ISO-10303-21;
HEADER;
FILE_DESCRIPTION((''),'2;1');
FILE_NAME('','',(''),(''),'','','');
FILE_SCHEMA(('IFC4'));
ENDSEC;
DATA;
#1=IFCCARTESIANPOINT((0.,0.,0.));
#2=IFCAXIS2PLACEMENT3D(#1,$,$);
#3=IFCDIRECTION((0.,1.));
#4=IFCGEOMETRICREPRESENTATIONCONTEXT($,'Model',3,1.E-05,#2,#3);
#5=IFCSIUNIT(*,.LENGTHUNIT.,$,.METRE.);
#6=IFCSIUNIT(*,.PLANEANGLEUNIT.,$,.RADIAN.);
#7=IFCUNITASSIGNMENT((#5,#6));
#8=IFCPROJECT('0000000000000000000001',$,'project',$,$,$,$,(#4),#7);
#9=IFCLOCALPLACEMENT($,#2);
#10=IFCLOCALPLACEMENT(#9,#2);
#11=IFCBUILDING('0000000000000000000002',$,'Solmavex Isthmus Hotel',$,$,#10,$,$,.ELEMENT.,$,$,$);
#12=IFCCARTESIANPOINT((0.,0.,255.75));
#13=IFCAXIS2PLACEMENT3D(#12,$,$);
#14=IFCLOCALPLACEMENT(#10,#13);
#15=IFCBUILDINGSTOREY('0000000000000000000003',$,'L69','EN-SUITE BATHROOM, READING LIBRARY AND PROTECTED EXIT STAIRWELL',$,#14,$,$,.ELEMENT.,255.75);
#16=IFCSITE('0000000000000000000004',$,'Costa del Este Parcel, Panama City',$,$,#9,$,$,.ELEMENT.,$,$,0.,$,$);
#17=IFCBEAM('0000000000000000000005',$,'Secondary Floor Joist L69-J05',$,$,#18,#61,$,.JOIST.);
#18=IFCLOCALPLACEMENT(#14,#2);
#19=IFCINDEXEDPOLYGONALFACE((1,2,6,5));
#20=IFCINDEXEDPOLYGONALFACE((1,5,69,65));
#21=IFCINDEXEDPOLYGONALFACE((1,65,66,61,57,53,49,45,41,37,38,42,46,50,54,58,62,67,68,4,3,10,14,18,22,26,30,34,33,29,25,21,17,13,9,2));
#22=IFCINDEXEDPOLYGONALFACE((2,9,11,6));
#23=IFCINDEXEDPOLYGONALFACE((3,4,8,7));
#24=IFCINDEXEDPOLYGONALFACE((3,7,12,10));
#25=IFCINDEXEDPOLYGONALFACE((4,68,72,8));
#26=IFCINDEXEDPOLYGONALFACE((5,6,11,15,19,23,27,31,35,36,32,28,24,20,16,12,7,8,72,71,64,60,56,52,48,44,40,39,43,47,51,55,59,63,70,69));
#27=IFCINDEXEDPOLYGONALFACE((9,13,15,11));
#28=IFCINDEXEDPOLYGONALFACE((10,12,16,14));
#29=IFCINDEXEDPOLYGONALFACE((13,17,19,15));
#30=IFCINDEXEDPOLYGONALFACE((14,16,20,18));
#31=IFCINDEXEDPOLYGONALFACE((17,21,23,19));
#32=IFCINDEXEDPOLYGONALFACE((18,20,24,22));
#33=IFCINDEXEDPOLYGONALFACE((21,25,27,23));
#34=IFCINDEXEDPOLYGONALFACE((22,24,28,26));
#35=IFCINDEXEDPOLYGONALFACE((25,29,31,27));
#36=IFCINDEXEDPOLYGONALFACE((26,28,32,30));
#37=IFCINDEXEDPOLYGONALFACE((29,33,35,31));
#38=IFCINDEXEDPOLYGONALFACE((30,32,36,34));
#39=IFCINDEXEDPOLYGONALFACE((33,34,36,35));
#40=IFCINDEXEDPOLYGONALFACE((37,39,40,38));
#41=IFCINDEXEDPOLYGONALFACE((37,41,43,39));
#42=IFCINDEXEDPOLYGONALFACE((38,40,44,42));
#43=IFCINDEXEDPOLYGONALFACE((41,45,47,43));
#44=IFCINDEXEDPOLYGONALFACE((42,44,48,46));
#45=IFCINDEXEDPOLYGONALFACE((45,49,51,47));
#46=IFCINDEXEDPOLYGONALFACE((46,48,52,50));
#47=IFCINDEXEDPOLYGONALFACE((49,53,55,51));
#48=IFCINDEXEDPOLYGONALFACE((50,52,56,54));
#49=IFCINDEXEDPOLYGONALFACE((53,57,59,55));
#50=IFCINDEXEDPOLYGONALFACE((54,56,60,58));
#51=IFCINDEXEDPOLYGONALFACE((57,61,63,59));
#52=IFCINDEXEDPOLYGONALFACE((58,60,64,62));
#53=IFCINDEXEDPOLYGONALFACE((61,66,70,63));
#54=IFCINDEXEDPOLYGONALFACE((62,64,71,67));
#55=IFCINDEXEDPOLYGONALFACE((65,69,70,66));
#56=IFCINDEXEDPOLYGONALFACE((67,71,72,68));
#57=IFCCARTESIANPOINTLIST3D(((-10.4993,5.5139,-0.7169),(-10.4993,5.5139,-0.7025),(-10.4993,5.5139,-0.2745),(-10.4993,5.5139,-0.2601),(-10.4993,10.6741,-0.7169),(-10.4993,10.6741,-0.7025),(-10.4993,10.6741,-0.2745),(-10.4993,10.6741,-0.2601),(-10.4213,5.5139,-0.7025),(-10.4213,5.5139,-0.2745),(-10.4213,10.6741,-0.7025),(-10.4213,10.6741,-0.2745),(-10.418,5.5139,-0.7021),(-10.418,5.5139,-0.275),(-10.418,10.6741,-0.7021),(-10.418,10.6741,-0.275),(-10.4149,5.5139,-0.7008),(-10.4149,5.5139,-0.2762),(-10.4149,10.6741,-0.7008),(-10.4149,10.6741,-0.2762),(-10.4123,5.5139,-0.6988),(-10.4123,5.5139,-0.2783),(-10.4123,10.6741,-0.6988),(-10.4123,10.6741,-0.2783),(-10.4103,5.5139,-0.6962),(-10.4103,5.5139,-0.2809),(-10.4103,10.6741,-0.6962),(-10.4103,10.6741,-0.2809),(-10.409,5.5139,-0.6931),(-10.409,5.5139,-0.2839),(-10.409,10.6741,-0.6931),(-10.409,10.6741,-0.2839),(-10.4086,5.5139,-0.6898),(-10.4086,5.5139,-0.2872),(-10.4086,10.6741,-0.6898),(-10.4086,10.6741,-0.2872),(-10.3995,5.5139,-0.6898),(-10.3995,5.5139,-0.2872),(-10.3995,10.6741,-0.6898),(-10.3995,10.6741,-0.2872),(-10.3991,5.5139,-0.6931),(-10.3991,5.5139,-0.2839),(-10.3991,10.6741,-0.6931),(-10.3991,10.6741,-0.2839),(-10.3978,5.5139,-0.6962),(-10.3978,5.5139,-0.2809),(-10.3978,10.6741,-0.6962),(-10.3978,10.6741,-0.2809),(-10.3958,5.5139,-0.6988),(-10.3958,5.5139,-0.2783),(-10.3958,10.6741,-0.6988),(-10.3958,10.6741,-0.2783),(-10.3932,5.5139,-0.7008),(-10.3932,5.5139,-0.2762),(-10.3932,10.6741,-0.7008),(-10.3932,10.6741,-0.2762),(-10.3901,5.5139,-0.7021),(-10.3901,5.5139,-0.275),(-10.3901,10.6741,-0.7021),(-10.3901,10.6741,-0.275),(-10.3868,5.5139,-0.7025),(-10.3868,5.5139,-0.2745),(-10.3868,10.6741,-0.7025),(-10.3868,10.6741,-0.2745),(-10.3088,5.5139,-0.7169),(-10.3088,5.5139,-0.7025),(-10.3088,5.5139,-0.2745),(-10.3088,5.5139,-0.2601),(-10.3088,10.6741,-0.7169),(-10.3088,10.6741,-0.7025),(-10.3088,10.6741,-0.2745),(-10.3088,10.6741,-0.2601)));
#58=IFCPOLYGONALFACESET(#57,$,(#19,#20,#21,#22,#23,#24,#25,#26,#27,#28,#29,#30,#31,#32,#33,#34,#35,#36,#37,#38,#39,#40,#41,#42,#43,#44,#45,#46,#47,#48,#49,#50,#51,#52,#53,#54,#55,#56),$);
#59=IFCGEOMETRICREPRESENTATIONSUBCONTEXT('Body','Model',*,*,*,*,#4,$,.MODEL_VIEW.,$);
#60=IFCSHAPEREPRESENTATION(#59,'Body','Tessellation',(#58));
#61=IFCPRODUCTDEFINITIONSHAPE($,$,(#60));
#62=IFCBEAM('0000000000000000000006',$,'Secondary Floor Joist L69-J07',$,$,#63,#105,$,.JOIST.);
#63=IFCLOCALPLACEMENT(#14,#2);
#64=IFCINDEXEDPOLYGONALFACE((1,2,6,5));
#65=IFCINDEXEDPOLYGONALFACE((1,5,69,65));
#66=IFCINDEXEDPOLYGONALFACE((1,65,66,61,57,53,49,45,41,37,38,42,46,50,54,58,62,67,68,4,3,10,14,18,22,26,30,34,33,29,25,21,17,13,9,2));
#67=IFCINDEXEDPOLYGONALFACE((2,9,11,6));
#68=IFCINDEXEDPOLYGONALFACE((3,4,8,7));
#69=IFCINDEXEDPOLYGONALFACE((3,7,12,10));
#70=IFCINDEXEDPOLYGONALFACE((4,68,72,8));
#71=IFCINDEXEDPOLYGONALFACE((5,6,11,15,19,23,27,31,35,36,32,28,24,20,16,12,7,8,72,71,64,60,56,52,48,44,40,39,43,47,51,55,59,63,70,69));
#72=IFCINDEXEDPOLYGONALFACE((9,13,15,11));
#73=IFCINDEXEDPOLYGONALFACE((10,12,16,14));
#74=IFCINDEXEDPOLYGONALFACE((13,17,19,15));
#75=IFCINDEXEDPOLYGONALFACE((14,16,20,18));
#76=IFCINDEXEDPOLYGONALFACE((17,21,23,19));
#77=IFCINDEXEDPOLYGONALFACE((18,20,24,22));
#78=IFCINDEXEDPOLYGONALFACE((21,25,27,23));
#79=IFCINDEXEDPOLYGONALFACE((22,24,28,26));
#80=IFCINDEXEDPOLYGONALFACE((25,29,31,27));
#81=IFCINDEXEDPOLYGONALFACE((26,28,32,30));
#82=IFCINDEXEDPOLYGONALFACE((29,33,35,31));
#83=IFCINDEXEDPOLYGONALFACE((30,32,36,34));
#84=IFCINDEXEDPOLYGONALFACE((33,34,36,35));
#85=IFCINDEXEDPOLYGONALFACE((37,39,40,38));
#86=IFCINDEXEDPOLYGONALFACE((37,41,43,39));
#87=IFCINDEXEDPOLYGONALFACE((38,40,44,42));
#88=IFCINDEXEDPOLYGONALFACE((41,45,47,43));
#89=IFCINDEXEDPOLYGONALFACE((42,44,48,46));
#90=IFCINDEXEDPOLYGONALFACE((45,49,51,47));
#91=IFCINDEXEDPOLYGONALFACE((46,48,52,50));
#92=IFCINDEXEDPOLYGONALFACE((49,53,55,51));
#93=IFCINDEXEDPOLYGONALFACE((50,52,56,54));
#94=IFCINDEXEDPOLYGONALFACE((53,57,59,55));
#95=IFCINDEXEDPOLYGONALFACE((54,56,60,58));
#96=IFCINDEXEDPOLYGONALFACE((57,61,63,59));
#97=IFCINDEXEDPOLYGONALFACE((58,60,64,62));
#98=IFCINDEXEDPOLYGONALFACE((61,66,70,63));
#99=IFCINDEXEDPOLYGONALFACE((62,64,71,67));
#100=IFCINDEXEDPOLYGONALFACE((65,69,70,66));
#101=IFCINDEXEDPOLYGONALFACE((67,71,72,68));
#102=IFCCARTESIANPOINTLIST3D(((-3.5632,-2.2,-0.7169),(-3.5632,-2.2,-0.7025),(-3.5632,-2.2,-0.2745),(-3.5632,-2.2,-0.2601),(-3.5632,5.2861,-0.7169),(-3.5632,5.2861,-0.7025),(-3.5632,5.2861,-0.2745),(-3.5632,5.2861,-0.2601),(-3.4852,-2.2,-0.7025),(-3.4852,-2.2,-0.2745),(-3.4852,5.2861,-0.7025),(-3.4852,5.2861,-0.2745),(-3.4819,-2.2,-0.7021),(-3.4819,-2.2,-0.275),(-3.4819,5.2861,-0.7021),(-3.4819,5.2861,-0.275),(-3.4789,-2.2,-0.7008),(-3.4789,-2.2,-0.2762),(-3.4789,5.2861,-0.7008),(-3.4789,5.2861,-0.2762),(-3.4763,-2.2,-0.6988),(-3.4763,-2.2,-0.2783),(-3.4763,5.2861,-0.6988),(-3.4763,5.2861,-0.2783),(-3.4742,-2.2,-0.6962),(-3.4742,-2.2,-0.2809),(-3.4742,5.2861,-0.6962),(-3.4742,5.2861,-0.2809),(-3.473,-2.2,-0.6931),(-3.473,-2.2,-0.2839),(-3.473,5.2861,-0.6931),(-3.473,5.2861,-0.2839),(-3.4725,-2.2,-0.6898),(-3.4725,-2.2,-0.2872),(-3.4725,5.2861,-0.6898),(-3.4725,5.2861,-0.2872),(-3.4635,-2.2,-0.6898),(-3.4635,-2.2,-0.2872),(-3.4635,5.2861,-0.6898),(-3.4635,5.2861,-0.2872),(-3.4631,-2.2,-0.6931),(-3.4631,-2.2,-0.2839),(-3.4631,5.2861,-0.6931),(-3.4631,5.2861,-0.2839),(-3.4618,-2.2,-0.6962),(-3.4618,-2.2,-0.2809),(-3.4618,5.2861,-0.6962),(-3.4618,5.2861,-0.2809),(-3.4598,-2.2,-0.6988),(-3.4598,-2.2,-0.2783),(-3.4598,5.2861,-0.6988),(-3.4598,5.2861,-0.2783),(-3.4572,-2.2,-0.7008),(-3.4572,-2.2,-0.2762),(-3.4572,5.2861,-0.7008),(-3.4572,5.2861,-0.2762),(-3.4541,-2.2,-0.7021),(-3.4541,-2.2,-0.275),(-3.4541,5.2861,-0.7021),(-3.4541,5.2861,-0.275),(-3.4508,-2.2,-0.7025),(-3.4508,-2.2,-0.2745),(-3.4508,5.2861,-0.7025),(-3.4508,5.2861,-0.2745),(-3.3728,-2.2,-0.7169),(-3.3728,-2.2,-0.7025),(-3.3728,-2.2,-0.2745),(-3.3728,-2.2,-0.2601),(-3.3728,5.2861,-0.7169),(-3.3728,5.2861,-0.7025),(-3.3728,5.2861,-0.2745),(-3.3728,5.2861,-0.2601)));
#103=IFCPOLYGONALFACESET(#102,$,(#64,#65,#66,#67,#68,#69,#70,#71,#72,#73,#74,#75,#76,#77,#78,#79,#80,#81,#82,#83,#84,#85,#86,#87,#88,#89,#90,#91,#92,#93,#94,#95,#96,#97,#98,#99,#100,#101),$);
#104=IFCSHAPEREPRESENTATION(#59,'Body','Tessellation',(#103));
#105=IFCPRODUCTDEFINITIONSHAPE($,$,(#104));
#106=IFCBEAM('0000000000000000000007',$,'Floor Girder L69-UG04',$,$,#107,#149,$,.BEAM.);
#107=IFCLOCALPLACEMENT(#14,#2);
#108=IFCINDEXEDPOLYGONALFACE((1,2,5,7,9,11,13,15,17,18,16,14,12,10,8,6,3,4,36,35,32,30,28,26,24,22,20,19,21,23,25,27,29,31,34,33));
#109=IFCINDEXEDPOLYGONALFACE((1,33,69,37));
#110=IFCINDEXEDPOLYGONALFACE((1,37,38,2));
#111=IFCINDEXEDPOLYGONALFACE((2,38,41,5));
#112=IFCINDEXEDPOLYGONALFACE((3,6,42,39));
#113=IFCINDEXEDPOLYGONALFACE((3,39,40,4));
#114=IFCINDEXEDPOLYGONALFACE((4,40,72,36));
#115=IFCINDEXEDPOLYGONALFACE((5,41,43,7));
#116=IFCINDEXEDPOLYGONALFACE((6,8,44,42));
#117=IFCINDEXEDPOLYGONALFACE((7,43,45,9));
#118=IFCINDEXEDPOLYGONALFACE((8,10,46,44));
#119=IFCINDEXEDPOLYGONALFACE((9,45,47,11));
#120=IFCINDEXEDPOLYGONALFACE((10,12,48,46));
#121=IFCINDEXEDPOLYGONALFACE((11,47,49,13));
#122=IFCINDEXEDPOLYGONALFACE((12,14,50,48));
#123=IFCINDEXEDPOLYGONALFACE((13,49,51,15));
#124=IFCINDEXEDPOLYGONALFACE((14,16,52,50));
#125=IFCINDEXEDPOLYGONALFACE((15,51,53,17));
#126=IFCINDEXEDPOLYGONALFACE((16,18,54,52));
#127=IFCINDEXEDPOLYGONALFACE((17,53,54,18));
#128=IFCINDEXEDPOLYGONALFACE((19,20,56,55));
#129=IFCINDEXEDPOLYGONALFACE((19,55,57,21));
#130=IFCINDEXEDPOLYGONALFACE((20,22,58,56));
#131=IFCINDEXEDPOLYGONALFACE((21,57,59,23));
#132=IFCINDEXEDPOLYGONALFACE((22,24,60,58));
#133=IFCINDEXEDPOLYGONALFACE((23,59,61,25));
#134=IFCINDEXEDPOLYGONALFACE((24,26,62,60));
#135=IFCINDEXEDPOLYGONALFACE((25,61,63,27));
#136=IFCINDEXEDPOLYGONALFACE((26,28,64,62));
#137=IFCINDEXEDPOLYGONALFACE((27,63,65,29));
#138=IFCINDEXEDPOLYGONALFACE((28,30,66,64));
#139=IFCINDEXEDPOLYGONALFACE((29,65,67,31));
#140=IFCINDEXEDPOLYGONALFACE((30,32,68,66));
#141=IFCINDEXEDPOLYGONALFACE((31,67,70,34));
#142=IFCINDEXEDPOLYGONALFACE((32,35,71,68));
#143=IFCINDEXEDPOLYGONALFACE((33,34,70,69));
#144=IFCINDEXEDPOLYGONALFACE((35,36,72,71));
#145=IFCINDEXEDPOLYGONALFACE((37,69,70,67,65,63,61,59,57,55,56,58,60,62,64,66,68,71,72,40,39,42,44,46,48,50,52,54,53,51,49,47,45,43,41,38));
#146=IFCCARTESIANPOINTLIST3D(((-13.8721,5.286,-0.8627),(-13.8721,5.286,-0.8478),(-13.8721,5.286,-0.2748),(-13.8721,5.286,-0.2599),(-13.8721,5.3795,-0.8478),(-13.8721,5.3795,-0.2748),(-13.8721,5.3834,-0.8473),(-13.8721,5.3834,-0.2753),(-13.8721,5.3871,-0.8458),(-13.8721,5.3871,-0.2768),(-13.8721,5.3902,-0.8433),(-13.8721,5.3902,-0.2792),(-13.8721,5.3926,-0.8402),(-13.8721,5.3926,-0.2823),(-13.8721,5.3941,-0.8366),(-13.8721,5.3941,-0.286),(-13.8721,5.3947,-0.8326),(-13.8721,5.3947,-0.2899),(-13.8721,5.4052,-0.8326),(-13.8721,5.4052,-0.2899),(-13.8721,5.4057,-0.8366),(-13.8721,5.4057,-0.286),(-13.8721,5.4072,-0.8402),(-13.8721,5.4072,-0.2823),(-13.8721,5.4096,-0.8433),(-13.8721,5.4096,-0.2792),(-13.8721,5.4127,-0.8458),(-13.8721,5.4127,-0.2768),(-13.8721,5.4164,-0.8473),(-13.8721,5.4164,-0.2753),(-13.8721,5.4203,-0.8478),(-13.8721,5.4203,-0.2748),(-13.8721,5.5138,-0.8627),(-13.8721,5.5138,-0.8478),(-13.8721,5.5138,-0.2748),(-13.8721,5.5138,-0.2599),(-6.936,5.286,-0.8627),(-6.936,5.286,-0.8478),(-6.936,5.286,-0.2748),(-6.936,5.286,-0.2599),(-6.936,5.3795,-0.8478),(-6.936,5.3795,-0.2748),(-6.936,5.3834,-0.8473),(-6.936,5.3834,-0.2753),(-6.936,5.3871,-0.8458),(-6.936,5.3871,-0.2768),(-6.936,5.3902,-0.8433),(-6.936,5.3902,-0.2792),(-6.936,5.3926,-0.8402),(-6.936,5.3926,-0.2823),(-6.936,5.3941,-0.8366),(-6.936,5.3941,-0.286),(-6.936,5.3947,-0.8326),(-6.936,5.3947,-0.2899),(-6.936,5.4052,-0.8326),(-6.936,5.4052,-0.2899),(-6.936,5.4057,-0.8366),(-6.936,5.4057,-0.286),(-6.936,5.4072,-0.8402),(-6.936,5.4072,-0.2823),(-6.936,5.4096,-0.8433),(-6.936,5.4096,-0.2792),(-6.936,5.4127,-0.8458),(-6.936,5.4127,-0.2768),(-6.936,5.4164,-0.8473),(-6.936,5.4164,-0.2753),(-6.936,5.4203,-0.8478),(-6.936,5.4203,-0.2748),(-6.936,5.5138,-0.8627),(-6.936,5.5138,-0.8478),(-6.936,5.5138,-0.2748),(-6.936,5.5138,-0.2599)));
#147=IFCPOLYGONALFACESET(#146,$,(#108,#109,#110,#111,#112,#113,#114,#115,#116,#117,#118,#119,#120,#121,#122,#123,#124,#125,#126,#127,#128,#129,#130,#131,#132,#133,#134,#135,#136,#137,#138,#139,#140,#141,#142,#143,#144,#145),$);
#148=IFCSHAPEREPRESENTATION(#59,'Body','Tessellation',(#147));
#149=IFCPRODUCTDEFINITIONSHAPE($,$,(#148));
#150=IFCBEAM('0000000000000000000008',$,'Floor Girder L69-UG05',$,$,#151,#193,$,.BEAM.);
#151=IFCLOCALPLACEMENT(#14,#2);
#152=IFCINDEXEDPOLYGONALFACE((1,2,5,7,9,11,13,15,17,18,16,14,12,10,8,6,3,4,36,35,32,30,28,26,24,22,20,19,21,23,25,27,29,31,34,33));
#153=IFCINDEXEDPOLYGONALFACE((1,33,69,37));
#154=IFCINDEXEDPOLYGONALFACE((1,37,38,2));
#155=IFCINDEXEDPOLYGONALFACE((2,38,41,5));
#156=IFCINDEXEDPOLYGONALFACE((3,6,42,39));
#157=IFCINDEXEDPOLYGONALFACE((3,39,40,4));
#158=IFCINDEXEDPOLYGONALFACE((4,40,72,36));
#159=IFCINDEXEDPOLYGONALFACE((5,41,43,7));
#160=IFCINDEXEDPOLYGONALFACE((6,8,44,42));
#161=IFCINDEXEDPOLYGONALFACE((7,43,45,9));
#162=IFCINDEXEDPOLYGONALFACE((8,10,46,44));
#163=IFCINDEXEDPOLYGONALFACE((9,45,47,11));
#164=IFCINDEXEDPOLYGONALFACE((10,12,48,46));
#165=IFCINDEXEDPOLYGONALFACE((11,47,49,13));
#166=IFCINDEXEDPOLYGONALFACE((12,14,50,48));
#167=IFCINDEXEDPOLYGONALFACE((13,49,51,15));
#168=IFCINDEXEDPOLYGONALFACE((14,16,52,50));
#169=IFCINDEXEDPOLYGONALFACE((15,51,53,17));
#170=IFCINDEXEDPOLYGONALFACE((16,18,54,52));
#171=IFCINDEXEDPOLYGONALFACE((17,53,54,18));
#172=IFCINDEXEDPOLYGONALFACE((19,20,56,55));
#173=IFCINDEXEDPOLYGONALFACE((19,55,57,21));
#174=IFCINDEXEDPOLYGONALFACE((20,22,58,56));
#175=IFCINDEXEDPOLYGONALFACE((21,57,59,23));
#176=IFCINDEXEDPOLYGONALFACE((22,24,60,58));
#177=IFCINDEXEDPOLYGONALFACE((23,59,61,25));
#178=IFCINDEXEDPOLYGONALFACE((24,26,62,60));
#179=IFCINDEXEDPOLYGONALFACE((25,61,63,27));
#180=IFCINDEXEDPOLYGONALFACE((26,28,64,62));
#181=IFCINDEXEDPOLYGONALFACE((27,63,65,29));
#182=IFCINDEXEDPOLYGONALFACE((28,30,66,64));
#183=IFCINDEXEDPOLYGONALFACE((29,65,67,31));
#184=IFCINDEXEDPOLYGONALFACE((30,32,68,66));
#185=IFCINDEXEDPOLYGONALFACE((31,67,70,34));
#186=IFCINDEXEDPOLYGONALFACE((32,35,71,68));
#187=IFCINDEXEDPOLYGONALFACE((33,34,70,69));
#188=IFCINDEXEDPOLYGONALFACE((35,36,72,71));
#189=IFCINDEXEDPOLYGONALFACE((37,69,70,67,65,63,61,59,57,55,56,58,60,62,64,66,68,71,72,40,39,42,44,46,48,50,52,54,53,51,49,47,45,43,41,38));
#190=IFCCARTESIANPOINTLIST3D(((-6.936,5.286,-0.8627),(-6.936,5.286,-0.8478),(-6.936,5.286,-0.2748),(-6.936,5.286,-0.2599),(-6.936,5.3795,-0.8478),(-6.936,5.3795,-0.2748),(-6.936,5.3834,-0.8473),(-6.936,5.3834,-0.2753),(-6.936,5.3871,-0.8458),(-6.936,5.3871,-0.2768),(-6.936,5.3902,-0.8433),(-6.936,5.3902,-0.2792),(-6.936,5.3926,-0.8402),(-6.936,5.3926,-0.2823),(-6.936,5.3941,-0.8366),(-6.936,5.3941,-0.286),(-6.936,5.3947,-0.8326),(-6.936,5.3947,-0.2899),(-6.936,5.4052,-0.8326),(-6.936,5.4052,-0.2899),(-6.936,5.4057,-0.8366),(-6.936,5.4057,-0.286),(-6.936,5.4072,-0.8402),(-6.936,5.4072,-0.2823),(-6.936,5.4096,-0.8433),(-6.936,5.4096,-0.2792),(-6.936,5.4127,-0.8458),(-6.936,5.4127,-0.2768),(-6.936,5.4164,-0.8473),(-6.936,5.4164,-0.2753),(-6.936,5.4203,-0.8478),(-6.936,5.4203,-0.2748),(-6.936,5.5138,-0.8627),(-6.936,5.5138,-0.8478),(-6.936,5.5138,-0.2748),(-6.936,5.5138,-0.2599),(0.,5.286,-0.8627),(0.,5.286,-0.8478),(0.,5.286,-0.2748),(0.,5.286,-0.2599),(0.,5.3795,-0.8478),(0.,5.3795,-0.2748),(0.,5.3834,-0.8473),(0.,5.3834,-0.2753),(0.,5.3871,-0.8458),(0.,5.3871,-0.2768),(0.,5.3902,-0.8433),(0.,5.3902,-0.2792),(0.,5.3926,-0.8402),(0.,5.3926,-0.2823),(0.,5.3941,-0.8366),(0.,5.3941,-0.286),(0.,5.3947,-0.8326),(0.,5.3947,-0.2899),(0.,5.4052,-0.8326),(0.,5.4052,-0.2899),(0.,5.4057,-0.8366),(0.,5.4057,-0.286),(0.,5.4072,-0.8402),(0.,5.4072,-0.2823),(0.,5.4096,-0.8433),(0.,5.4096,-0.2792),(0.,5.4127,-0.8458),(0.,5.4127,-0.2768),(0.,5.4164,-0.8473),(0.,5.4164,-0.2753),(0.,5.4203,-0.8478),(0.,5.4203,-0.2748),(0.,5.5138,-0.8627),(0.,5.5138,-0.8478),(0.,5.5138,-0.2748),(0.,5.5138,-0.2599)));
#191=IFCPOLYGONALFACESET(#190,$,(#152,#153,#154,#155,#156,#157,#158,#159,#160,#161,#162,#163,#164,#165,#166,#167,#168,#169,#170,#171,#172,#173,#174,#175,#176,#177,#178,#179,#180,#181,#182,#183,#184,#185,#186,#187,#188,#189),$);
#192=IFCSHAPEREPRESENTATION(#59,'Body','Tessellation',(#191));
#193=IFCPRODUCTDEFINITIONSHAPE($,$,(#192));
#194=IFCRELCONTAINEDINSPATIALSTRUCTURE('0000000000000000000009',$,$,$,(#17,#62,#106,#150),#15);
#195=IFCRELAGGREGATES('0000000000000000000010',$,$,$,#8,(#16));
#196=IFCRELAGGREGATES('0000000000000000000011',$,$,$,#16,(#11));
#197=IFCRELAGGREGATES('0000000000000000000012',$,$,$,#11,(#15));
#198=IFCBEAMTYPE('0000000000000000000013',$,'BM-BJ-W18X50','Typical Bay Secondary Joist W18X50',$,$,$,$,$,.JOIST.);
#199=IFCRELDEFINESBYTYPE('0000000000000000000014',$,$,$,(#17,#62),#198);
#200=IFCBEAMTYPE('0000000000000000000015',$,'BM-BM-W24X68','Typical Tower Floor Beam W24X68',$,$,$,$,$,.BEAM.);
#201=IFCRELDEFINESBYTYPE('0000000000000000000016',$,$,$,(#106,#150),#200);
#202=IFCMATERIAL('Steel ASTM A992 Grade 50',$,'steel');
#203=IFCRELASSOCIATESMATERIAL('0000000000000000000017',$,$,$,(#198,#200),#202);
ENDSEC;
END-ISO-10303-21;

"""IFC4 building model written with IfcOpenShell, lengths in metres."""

from ifc_helpers import new_model, si_unit, direction, frame, origin, origin_2d, place, context, subcontext, project, spatial, i_section, extrude, material, material_profile, profile_set, type_object, element, save


model = new_model("IFC4")

# Units and contexts
model_context = context("Model", 3, precision=1e-05, world=origin(), true_north=direction((0.0, 1.0)))
body_context = subcontext(model_context, "Body", "Model", "MODEL_VIEW")
ifc_project = project(units=[si_unit("LENGTHUNIT", "METRE"), si_unit("PLANEANGLEUNIT", "RADIAN")], contexts=[model_context])

# Site, building, storey
site_placement = place(None, origin())
site = spatial("IfcSite", under=ifc_project, at=site_placement, Name="Costa del Este Parcel, Panama City", CompositionType="ELEMENT", RefElevation=0.0)
building_placement = place(site_placement, origin())
building = spatial("IfcBuilding", under=site, at=building_placement, Name="Solmavex Isthmus Hotel", CompositionType="ELEMENT")
storey_placement = place(building_placement, frame((0.0, 0.0, 255.75)))
storey = spatial("IfcBuildingStorey", under=building, at=storey_placement, Name="L69", Description="EN-SUITE BATHROOM, READING LIBRARY AND PROTECTED EXIT STAIRWELL", CompositionType="ELEMENT", Elevation=255.75)

# Beams
ifc_material_1 = material(Name="Steel ASTM A992 Grade 50", Category="steel")
ifc_material_profile_1 = material_profile(ifc_material_1, i_section(OverallWidth=0.1904, OverallDepth=0.4568, WebThickness=0.009, FlangeThickness=0.0144, FilletRadius=0.0127, at=origin_2d()), Name="W18X50")
ifc_profile_set_1 = profile_set([ifc_material_profile_1], Name="Steel ASTM A992 Grade 50")
beam_type_1 = type_object("IfcBeamType", Name="BM-BJ-W18X50", Description="Typical Bay Secondary Joist W18X50", PredefinedType="JOIST", material=ifc_profile_set_1)
beam_1_placement = place(storey_placement, frame((-10.4041, 5.5139, -0.4885), z_axis=(0.0, 1.0, 0.0), x_axis=(-1.0, 0.0, 0.0)))
element("IfcBeam", 1, at=beam_1_placement, inside=storey, type_object=beam_type_1, Name="Secondary Floor Joist L69-J05", PredefinedType="JOIST", context=body_context, shape_type="SweptSolid", body=[
    extrude(i_section(OverallWidth=0.1904, OverallDepth=0.4568, WebThickness=0.009, FlangeThickness=0.0144, FilletRadius=0.0127, at=origin_2d()), origin(), (0.0, 0.0, 1.0), 5.1602),
])
beam_2_placement = place(storey_placement, frame((-3.468, -2.2, -0.4885), z_axis=(0.0, 1.0, 0.0), x_axis=(-1.0, 0.0, 0.0)))
element("IfcBeam", 2, at=beam_2_placement, inside=storey, type_object=beam_type_1, Name="Secondary Floor Joist L69-J07", PredefinedType="JOIST", context=body_context, shape_type="SweptSolid", body=[
    extrude(i_section(OverallWidth=0.1904, OverallDepth=0.4568, WebThickness=0.009, FlangeThickness=0.0144, FilletRadius=0.0127, at=origin_2d()), origin(), (0.0, 0.0, 1.0), 7.4861),
])
ifc_material_profile_2 = material_profile(ifc_material_1, i_section(OverallWidth=0.2278, OverallDepth=0.6028, WebThickness=0.0105, FlangeThickness=0.0149, FilletRadius=0.0151, at=origin_2d()), Name="W24X68")
ifc_profile_set_2 = profile_set([ifc_material_profile_2], Name="Steel ASTM A992 Grade 50")
beam_type_2 = type_object("IfcBeamType", Name="BM-BM-W24X68", Description="Typical Tower Floor Beam W24X68", PredefinedType="BEAM", material=ifc_profile_set_2)
for number, where, z_axis, x_axis, name in (
    (3, (-13.8721, 5.3999, -0.5613), (1.0, 0.0, 0.0), (0.0, 1.0, 0.0), "Floor Girder L69-UG04"),
    (4, (-6.936, 5.3999, -0.5613), (1.0, 0.0, 0.0), (0.0, 1.0, 0.0), "Floor Girder L69-UG05"),
):
    element("IfcBeam", number, at=place(storey_placement, frame(where, z_axis=z_axis, x_axis=x_axis)), inside=storey, type_object=beam_type_2, Name=name, PredefinedType="BEAM", context=body_context, shape_type="SweptSolid", body=[
        extrude(i_section(OverallWidth=0.2278, OverallDepth=0.6028, WebThickness=0.0105, FlangeThickness=0.0149, FilletRadius=0.0151, at=origin_2d()), origin(), (0.0, 0.0, 1.0), 6.936),
    ])

save(model, "model.ifc")
